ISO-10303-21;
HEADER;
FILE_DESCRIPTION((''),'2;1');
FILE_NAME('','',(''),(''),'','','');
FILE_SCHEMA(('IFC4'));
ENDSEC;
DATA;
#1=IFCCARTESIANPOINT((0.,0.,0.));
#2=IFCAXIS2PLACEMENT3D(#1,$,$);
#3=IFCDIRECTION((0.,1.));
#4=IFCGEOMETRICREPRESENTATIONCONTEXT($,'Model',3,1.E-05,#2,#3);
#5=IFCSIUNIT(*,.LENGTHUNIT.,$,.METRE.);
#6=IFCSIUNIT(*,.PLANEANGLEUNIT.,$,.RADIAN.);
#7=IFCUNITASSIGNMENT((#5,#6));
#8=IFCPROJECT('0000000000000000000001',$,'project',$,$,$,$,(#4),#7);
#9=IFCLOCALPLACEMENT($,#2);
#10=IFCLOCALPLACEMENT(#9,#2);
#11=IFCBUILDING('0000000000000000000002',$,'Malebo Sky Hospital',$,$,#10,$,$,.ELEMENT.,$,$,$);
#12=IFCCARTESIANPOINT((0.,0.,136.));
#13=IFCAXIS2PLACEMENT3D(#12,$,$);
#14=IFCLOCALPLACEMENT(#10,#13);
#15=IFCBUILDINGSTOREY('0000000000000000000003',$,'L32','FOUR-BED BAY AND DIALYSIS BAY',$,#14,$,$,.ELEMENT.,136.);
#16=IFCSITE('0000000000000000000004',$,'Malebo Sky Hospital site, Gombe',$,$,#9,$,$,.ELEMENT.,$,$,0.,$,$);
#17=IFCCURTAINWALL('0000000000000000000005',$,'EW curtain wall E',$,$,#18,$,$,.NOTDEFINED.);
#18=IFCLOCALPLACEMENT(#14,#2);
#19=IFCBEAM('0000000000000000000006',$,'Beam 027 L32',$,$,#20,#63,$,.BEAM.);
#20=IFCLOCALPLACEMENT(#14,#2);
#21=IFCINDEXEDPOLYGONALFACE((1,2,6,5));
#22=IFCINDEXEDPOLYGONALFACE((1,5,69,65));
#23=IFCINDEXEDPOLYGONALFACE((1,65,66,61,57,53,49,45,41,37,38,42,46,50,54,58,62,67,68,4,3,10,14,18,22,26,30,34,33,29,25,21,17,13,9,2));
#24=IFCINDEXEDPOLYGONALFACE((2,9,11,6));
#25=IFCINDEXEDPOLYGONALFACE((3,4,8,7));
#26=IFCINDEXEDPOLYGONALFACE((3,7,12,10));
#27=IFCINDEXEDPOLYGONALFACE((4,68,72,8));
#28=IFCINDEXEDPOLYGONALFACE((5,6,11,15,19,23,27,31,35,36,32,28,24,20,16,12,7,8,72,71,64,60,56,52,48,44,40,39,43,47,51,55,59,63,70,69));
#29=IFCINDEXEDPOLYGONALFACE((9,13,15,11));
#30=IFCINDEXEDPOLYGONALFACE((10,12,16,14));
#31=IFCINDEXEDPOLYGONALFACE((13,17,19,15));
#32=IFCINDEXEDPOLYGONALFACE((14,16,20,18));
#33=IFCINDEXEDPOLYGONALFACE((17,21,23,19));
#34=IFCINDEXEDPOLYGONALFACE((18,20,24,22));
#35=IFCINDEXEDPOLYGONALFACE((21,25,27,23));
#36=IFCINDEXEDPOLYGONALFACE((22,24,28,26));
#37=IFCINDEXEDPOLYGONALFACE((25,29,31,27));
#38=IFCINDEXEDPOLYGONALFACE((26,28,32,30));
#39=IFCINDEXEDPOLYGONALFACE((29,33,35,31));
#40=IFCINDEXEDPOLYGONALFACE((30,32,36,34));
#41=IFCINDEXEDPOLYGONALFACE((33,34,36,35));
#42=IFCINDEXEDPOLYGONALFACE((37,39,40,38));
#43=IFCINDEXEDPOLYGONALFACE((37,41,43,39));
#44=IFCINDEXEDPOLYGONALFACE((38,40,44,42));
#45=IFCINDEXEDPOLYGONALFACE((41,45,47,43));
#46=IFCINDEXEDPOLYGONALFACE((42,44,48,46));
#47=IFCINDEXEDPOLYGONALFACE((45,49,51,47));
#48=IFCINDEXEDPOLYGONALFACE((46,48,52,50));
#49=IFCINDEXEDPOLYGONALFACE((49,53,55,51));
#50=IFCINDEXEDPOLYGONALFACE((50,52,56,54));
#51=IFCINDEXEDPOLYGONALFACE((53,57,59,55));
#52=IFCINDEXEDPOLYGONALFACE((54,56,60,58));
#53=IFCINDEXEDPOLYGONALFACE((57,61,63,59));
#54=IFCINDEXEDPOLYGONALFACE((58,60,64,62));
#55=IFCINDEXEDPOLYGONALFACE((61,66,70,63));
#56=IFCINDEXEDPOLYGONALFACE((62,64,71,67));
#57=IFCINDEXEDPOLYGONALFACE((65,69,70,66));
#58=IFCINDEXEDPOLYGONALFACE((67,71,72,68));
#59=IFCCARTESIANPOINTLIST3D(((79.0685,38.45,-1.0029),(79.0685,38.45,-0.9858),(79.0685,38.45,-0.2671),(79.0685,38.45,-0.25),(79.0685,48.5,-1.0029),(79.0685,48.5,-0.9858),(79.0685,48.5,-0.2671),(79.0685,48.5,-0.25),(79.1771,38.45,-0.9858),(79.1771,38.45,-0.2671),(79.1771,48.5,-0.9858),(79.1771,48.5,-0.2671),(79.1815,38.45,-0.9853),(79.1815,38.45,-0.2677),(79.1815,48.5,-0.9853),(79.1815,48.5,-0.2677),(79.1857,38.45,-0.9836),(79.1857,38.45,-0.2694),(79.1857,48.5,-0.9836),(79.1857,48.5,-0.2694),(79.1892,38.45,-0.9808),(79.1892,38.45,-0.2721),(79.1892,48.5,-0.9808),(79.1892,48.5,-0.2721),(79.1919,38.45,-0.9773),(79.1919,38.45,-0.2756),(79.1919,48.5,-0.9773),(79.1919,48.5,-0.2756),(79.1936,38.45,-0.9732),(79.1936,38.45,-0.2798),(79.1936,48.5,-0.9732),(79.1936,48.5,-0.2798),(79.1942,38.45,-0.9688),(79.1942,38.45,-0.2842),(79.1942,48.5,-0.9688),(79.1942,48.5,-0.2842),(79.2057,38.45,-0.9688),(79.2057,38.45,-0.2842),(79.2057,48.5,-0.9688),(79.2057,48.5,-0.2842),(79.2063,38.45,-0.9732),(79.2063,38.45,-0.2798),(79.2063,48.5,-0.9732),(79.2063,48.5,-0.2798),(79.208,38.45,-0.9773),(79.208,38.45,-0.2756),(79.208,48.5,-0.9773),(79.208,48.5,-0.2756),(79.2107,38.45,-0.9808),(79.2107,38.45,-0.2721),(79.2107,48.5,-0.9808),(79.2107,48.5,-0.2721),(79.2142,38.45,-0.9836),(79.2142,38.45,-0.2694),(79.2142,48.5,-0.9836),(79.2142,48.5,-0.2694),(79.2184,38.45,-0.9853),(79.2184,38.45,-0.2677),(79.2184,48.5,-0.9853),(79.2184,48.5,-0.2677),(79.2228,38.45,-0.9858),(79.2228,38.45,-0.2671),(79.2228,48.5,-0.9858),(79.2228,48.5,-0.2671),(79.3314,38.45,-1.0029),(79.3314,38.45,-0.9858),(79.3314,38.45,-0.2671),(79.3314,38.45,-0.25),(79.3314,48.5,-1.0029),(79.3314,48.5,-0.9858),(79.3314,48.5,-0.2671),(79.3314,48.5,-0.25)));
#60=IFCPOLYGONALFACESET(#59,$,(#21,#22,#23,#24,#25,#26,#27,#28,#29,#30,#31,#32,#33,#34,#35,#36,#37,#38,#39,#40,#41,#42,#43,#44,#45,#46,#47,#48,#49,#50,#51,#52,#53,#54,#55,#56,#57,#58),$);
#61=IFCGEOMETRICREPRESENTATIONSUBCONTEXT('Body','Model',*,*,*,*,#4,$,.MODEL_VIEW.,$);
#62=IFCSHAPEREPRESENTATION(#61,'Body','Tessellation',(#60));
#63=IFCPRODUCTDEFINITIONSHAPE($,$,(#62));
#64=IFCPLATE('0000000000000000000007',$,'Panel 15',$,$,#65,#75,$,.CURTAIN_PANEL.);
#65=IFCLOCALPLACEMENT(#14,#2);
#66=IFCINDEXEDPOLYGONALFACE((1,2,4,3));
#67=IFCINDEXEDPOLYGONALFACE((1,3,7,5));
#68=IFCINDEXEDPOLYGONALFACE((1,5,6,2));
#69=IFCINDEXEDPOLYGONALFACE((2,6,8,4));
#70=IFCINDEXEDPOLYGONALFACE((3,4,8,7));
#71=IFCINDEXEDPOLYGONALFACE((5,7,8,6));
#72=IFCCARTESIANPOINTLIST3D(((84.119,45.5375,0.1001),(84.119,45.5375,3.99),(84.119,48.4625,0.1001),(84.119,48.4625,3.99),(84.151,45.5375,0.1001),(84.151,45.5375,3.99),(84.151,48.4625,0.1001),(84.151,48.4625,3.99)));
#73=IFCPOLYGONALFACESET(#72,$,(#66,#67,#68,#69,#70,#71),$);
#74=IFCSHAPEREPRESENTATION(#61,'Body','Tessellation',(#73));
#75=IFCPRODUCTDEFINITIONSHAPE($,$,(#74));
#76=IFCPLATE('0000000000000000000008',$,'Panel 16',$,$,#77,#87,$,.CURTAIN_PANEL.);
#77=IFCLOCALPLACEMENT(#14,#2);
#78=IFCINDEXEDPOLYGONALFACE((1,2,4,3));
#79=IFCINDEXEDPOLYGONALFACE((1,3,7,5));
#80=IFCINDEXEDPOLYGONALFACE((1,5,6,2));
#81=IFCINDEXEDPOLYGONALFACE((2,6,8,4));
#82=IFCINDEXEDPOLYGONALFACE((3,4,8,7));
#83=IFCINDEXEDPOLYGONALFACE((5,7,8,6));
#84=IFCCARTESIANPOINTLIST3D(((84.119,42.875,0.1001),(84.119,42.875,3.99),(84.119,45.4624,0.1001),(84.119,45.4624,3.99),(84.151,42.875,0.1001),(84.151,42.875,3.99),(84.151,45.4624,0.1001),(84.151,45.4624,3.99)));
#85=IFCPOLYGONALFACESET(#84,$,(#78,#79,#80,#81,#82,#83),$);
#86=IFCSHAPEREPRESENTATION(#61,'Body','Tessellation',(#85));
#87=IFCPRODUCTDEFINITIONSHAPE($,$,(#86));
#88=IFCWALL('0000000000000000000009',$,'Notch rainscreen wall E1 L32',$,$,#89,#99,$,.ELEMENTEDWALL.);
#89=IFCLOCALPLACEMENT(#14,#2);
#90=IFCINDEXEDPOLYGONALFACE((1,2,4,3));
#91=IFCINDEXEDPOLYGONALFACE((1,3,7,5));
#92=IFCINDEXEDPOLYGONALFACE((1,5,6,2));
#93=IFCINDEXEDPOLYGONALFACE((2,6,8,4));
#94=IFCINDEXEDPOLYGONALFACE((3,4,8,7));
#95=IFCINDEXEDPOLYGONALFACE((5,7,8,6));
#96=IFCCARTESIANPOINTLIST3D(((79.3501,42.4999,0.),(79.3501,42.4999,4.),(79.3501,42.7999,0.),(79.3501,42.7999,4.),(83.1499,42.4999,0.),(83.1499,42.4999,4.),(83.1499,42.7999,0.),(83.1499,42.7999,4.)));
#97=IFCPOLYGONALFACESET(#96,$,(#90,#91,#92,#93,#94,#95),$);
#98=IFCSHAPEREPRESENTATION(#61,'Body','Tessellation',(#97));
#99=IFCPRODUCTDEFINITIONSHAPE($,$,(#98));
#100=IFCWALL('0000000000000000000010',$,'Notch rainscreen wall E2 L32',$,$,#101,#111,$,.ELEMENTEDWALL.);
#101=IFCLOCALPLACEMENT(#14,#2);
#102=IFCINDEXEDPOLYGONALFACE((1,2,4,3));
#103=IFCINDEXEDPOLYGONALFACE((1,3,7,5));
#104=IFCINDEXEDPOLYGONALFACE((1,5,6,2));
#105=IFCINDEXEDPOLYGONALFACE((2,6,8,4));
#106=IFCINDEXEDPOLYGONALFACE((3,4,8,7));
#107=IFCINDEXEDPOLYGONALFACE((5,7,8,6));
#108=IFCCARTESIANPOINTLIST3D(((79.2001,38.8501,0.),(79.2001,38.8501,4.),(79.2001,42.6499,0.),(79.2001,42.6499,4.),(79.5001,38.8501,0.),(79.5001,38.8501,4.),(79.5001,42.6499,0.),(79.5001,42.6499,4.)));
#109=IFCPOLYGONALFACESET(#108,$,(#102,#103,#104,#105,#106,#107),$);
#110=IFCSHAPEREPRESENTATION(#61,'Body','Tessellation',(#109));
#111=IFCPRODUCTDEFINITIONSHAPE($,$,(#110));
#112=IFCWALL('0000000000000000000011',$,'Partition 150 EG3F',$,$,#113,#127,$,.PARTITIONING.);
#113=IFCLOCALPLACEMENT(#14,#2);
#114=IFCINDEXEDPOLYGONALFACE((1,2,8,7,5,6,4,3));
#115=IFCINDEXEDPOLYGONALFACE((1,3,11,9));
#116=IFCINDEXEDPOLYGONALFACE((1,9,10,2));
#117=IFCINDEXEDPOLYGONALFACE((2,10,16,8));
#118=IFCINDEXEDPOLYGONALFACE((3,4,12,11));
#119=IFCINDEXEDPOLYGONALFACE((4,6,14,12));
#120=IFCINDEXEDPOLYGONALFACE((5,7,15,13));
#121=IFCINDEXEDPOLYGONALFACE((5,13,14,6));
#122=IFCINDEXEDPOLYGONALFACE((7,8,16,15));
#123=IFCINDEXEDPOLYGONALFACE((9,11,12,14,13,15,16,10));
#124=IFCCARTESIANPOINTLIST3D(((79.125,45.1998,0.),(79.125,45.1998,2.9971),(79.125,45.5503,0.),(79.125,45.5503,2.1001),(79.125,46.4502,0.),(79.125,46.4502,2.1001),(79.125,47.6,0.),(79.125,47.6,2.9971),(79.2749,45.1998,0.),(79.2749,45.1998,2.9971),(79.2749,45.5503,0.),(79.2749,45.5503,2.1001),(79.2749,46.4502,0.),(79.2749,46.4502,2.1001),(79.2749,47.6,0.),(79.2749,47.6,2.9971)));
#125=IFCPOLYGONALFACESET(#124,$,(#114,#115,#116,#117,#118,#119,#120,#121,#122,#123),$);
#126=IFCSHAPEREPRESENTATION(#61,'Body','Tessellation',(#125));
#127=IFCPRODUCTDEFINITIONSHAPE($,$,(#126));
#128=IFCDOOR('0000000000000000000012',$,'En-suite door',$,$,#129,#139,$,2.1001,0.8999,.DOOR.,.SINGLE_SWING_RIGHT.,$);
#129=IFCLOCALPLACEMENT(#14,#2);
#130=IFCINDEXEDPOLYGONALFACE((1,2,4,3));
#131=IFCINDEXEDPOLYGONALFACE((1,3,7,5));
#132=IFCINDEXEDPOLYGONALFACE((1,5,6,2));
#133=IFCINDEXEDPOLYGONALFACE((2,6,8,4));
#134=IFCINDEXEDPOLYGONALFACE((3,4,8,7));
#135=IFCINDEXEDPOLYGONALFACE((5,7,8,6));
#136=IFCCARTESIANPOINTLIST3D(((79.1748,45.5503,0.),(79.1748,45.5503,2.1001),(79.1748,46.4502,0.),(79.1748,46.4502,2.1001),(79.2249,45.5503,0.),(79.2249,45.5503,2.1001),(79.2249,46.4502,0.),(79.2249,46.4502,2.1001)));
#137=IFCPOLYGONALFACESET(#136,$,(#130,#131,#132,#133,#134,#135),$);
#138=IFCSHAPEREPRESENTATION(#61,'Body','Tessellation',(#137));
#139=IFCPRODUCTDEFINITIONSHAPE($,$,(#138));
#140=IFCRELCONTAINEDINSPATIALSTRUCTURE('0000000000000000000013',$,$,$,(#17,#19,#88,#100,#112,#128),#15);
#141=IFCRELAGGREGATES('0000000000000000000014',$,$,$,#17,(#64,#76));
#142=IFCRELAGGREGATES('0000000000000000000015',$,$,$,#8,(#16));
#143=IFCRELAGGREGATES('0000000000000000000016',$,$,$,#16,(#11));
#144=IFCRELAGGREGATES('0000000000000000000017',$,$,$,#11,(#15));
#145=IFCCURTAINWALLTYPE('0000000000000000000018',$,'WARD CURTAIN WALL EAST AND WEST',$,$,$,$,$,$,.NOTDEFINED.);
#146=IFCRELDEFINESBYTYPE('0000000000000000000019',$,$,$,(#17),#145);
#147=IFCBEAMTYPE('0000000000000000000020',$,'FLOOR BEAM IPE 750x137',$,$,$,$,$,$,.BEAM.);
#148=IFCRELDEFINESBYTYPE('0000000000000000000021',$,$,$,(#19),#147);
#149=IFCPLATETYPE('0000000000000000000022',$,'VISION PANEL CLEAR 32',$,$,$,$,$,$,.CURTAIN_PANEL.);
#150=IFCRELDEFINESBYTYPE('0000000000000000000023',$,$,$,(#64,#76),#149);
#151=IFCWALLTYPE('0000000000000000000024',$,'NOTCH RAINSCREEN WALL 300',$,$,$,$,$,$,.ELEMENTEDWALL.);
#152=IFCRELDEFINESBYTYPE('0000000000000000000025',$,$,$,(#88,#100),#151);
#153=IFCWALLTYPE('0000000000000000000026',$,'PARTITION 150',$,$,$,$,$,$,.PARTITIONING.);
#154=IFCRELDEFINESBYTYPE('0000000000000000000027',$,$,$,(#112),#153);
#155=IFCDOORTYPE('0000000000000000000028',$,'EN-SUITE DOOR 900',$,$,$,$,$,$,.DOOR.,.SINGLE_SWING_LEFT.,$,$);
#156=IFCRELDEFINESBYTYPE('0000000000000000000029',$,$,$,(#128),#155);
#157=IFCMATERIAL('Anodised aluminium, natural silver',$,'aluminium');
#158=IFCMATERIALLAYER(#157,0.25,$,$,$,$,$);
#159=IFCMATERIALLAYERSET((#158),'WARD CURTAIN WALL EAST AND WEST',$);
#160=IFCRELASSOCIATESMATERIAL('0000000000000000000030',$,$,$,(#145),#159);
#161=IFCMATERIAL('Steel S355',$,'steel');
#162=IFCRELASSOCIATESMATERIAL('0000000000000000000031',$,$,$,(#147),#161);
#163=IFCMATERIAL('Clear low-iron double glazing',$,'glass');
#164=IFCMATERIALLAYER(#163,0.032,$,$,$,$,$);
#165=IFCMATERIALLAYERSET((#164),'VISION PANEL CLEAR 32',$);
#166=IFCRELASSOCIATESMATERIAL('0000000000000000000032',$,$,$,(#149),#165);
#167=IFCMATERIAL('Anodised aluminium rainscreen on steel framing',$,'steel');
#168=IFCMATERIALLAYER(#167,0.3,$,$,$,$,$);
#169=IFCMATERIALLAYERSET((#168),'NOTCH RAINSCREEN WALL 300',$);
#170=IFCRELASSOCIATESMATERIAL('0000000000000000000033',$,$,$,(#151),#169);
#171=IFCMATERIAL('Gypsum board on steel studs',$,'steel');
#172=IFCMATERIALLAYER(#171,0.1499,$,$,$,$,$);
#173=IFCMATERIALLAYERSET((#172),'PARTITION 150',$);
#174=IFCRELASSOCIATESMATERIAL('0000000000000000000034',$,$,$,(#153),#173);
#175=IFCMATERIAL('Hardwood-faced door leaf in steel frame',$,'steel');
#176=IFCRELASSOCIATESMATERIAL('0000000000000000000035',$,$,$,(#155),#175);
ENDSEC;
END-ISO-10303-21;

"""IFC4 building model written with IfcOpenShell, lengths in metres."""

from ifc_helpers import new_model, si_unit, direction, frame, frame_2d, origin, origin_2d, place, context, subcontext, project, spatial, rectangle, i_section, extrude, material, layer, layer_set, material_profile, profile_set, type_object, element, fill, aggregate, save


model = new_model("IFC4")

# Units and contexts
model_context = context("Model", 3, precision=1e-05, world=origin(), true_north=direction((0.0, 1.0)))
body_context = subcontext(model_context, "Body", "Model", "MODEL_VIEW")
ifc_project = project(units=[si_unit("LENGTHUNIT", "METRE"), si_unit("PLANEANGLEUNIT", "RADIAN")], contexts=[model_context])

# Site, building, storey
site_placement = place(None, origin())
site = spatial("IfcSite", under=ifc_project, at=site_placement, Name="Malebo Sky Hospital site, Gombe", CompositionType="ELEMENT", RefElevation=0.0)
building_placement = place(site_placement, origin())
building = spatial("IfcBuilding", under=site, at=building_placement, Name="Malebo Sky Hospital", CompositionType="ELEMENT")
storey_placement = place(building_placement, frame((0.0, 0.0, 136.0)))
storey = spatial("IfcBuildingStorey", under=building, at=storey_placement, Name="L32", Description="FOUR-BED BAY AND DIALYSIS BAY", CompositionType="ELEMENT", Elevation=136.0)

# Curtain wall
ifc_material_1 = material(Name="Anodised aluminium, natural silver", Category="aluminium")
ifc_layer_1 = layer(ifc_material_1, 0.25)
ifc_layer_set_1 = layer_set([ifc_layer_1], Name="WARD CURTAIN WALL EAST AND WEST")
curtain_wall_type = type_object("IfcCurtainWallType", Name="WARD CURTAIN WALL EAST AND WEST", PredefinedType="NOTDEFINED", material=ifc_layer_set_1)
curtain_wall_placement = place(storey_placement, origin())
curtain_wall = element("IfcCurtainWall", 1, at=curtain_wall_placement, inside=storey, type_object=curtain_wall_type, Name="EW curtain wall E", PredefinedType="NOTDEFINED")

# Beam
ifc_material_2 = material(Name="Steel S355", Category="steel")
ifc_material_profile_1 = material_profile(ifc_material_2, i_section(OverallWidth=0.2629, OverallDepth=0.7529, WebThickness=0.0115, FlangeThickness=0.0171, FilletRadius=0.0171, at=origin_2d()), Name="IPE 750x137")
ifc_profile_set_1 = profile_set([ifc_material_profile_1], Name="Steel S355")
beam_type_1 = type_object("IfcBeamType", Name="FLOOR BEAM IPE 750x137", PredefinedType="BEAM", material=ifc_profile_set_1)
beam_1_placement = place(storey_placement, frame((79.2, 38.45, -0.6265), z_axis=(0.0, 1.0, 0.0), x_axis=(-1.0, 0.0, 0.0)))
element("IfcBeam", 2, at=beam_1_placement, inside=storey, type_object=beam_type_1, Name="Beam 027 L32", PredefinedType="BEAM", context=body_context, shape_type="SweptSolid", body=[
    extrude(i_section(OverallWidth=0.2629, OverallDepth=0.7529, WebThickness=0.0115, FlangeThickness=0.0171, FilletRadius=0.0171, at=origin_2d()), origin(), (0.0, 0.0, 1.0), 10.05),
])

# Plates
ifc_material_3 = material(Name="Clear low-iron double glazing", Category="glass")
ifc_layer_2 = layer(ifc_material_3, 0.032)
ifc_layer_set_2 = layer_set([ifc_layer_2], Name="VISION PANEL CLEAR 32")
plate_type = type_object("IfcPlateType", Name="VISION PANEL CLEAR 32", PredefinedType="CURTAIN_PANEL", material=ifc_layer_set_2)
plate_1_placement = place(storey_placement, frame((84.135, 47.0, 0.1001), z_axis=(0.0, 0.0, 1.0), x_axis=(0.0, -1.0, 0.0)))
plate_1 = element("IfcPlate", 3, at=plate_1_placement, type_object=plate_type, Name="Panel 15", PredefinedType="CURTAIN_PANEL", context=body_context, shape_type="SweptSolid", body=[
    extrude(rectangle(XDim=2.925, YDim=0.032, at=origin_2d()), origin(), (0.0, 0.0, 1.0), 3.8899),
])
plate_2_placement = place(storey_placement, frame((84.135, 44.1687, 0.1001), z_axis=(0.0, 0.0, 1.0), x_axis=(0.0, -1.0, 0.0)))
plate_2 = element("IfcPlate", 4, at=plate_2_placement, type_object=plate_type, Name="Panel 16", PredefinedType="CURTAIN_PANEL", context=body_context, shape_type="SweptSolid", body=[
    extrude(rectangle(XDim=2.5874, YDim=0.032, at=origin_2d()), origin(), (0.0, 0.0, 1.0), 3.8899),
])
aggregate(curtain_wall, [plate_1, plate_2])

# Walls
ifc_material_4 = material(Name="Anodised aluminium rainscreen on steel framing", Category="steel")
ifc_layer_3 = layer(ifc_material_4, 0.3)
ifc_layer_set_3 = layer_set([ifc_layer_3], Name="NOTCH RAINSCREEN WALL 300")
wall_type_1 = type_object("IfcWallType", Name="NOTCH RAINSCREEN WALL 300", PredefinedType="ELEMENTEDWALL", material=ifc_layer_set_3)
for number, where, z_axis, x_axis, name in (
    (5, (83.1499, 42.6499, 0.0), (0.0, 0.0, 1.0), (-1.0, 0.0, 0.0), "Notch rainscreen wall E1 L32"),
    (6, (79.3501, 42.6499, 0.0), (0.0, 0.0, 1.0), (0.0, -1.0, 0.0), "Notch rainscreen wall E2 L32"),
):
    element("IfcWall", number, at=place(storey_placement, frame(where, z_axis=z_axis, x_axis=x_axis)), inside=storey, type_object=wall_type_1, Name=name, PredefinedType="ELEMENTEDWALL", context=body_context, shape_type="SweptSolid", body=[
        extrude(rectangle(XDim=3.7998, YDim=0.3, at=frame_2d((1.8999, 0.0))), origin(), (0.0, 0.0, 1.0), 4.0),
    ])

# Wall, opening, door
ifc_material_5 = material(Name="Gypsum board on steel studs", Category="steel")
ifc_layer_4 = layer(ifc_material_5, 0.1499)
ifc_layer_set_4 = layer_set([ifc_layer_4], Name="PARTITION 150")
wall_type_2 = type_object("IfcWallType", Name="PARTITION 150", PredefinedType="PARTITIONING", material=ifc_layer_set_4)
wall_placement = place(storey_placement, frame((79.2, 47.6001, 0.0), z_axis=(0.0, 0.0, 1.0), x_axis=(0.0, -1.0, 0.0)))
wall = element("IfcWall", 7, at=wall_placement, inside=storey, type_object=wall_type_2, Name="Partition 150 EG3F", PredefinedType="PARTITIONING", context=body_context, shape_type="SweptSolid", body=[
    extrude(rectangle(XDim=2.4001, YDim=0.1499, at=frame_2d((1.2002, 0.0))), origin(), (0.0, 0.0, 1.0), 2.9971),
])
opening_placement = place(wall_placement, frame((1.1499, 0.0, 0.0)))
opening = element("IfcOpeningElement", 8, at=opening_placement, cuts=wall, PredefinedType="OPENING", context=body_context, shape_type="SweptSolid", body=[
    extrude(rectangle(XDim=0.8999, YDim=2.1001, at=frame_2d((0.45, 1.05))), frame((0.0, 0.085, 0.0), z_axis=(0.0, -1.0, 0.0), x_axis=(1.0, 0.0, 0.0)), (0.0, 0.0, 1.0), 0.1699),
])
ifc_material_6 = material(Name="Hardwood-faced door leaf in steel frame", Category="steel")
door_type = type_object("IfcDoorType", Name="EN-SUITE DOOR 900", OperationType="SINGLE_SWING_LEFT", PredefinedType="DOOR", material=ifc_material_6)
door_placement = place(opening_placement, origin())
door = element("IfcDoor", 9, at=door_placement, inside=storey, type_object=door_type, Name="En-suite door", OperationType="SINGLE_SWING_RIGHT", OverallHeight=2.1001, OverallWidth=0.8999, PredefinedType="DOOR", context=body_context, shape_type="SweptSolid", body=[
    extrude(rectangle(XDim=0.8999, YDim=2.1001, at=frame_2d((0.45, 1.05))), frame((0.0, 0.0249, 0.0), z_axis=(0.0, -1.0, 0.0), x_axis=(1.0, 0.0, 0.0)), (0.0, 0.0, 1.0), 0.05),
])
fill(opening, door)

save(model, "model.ifc")
